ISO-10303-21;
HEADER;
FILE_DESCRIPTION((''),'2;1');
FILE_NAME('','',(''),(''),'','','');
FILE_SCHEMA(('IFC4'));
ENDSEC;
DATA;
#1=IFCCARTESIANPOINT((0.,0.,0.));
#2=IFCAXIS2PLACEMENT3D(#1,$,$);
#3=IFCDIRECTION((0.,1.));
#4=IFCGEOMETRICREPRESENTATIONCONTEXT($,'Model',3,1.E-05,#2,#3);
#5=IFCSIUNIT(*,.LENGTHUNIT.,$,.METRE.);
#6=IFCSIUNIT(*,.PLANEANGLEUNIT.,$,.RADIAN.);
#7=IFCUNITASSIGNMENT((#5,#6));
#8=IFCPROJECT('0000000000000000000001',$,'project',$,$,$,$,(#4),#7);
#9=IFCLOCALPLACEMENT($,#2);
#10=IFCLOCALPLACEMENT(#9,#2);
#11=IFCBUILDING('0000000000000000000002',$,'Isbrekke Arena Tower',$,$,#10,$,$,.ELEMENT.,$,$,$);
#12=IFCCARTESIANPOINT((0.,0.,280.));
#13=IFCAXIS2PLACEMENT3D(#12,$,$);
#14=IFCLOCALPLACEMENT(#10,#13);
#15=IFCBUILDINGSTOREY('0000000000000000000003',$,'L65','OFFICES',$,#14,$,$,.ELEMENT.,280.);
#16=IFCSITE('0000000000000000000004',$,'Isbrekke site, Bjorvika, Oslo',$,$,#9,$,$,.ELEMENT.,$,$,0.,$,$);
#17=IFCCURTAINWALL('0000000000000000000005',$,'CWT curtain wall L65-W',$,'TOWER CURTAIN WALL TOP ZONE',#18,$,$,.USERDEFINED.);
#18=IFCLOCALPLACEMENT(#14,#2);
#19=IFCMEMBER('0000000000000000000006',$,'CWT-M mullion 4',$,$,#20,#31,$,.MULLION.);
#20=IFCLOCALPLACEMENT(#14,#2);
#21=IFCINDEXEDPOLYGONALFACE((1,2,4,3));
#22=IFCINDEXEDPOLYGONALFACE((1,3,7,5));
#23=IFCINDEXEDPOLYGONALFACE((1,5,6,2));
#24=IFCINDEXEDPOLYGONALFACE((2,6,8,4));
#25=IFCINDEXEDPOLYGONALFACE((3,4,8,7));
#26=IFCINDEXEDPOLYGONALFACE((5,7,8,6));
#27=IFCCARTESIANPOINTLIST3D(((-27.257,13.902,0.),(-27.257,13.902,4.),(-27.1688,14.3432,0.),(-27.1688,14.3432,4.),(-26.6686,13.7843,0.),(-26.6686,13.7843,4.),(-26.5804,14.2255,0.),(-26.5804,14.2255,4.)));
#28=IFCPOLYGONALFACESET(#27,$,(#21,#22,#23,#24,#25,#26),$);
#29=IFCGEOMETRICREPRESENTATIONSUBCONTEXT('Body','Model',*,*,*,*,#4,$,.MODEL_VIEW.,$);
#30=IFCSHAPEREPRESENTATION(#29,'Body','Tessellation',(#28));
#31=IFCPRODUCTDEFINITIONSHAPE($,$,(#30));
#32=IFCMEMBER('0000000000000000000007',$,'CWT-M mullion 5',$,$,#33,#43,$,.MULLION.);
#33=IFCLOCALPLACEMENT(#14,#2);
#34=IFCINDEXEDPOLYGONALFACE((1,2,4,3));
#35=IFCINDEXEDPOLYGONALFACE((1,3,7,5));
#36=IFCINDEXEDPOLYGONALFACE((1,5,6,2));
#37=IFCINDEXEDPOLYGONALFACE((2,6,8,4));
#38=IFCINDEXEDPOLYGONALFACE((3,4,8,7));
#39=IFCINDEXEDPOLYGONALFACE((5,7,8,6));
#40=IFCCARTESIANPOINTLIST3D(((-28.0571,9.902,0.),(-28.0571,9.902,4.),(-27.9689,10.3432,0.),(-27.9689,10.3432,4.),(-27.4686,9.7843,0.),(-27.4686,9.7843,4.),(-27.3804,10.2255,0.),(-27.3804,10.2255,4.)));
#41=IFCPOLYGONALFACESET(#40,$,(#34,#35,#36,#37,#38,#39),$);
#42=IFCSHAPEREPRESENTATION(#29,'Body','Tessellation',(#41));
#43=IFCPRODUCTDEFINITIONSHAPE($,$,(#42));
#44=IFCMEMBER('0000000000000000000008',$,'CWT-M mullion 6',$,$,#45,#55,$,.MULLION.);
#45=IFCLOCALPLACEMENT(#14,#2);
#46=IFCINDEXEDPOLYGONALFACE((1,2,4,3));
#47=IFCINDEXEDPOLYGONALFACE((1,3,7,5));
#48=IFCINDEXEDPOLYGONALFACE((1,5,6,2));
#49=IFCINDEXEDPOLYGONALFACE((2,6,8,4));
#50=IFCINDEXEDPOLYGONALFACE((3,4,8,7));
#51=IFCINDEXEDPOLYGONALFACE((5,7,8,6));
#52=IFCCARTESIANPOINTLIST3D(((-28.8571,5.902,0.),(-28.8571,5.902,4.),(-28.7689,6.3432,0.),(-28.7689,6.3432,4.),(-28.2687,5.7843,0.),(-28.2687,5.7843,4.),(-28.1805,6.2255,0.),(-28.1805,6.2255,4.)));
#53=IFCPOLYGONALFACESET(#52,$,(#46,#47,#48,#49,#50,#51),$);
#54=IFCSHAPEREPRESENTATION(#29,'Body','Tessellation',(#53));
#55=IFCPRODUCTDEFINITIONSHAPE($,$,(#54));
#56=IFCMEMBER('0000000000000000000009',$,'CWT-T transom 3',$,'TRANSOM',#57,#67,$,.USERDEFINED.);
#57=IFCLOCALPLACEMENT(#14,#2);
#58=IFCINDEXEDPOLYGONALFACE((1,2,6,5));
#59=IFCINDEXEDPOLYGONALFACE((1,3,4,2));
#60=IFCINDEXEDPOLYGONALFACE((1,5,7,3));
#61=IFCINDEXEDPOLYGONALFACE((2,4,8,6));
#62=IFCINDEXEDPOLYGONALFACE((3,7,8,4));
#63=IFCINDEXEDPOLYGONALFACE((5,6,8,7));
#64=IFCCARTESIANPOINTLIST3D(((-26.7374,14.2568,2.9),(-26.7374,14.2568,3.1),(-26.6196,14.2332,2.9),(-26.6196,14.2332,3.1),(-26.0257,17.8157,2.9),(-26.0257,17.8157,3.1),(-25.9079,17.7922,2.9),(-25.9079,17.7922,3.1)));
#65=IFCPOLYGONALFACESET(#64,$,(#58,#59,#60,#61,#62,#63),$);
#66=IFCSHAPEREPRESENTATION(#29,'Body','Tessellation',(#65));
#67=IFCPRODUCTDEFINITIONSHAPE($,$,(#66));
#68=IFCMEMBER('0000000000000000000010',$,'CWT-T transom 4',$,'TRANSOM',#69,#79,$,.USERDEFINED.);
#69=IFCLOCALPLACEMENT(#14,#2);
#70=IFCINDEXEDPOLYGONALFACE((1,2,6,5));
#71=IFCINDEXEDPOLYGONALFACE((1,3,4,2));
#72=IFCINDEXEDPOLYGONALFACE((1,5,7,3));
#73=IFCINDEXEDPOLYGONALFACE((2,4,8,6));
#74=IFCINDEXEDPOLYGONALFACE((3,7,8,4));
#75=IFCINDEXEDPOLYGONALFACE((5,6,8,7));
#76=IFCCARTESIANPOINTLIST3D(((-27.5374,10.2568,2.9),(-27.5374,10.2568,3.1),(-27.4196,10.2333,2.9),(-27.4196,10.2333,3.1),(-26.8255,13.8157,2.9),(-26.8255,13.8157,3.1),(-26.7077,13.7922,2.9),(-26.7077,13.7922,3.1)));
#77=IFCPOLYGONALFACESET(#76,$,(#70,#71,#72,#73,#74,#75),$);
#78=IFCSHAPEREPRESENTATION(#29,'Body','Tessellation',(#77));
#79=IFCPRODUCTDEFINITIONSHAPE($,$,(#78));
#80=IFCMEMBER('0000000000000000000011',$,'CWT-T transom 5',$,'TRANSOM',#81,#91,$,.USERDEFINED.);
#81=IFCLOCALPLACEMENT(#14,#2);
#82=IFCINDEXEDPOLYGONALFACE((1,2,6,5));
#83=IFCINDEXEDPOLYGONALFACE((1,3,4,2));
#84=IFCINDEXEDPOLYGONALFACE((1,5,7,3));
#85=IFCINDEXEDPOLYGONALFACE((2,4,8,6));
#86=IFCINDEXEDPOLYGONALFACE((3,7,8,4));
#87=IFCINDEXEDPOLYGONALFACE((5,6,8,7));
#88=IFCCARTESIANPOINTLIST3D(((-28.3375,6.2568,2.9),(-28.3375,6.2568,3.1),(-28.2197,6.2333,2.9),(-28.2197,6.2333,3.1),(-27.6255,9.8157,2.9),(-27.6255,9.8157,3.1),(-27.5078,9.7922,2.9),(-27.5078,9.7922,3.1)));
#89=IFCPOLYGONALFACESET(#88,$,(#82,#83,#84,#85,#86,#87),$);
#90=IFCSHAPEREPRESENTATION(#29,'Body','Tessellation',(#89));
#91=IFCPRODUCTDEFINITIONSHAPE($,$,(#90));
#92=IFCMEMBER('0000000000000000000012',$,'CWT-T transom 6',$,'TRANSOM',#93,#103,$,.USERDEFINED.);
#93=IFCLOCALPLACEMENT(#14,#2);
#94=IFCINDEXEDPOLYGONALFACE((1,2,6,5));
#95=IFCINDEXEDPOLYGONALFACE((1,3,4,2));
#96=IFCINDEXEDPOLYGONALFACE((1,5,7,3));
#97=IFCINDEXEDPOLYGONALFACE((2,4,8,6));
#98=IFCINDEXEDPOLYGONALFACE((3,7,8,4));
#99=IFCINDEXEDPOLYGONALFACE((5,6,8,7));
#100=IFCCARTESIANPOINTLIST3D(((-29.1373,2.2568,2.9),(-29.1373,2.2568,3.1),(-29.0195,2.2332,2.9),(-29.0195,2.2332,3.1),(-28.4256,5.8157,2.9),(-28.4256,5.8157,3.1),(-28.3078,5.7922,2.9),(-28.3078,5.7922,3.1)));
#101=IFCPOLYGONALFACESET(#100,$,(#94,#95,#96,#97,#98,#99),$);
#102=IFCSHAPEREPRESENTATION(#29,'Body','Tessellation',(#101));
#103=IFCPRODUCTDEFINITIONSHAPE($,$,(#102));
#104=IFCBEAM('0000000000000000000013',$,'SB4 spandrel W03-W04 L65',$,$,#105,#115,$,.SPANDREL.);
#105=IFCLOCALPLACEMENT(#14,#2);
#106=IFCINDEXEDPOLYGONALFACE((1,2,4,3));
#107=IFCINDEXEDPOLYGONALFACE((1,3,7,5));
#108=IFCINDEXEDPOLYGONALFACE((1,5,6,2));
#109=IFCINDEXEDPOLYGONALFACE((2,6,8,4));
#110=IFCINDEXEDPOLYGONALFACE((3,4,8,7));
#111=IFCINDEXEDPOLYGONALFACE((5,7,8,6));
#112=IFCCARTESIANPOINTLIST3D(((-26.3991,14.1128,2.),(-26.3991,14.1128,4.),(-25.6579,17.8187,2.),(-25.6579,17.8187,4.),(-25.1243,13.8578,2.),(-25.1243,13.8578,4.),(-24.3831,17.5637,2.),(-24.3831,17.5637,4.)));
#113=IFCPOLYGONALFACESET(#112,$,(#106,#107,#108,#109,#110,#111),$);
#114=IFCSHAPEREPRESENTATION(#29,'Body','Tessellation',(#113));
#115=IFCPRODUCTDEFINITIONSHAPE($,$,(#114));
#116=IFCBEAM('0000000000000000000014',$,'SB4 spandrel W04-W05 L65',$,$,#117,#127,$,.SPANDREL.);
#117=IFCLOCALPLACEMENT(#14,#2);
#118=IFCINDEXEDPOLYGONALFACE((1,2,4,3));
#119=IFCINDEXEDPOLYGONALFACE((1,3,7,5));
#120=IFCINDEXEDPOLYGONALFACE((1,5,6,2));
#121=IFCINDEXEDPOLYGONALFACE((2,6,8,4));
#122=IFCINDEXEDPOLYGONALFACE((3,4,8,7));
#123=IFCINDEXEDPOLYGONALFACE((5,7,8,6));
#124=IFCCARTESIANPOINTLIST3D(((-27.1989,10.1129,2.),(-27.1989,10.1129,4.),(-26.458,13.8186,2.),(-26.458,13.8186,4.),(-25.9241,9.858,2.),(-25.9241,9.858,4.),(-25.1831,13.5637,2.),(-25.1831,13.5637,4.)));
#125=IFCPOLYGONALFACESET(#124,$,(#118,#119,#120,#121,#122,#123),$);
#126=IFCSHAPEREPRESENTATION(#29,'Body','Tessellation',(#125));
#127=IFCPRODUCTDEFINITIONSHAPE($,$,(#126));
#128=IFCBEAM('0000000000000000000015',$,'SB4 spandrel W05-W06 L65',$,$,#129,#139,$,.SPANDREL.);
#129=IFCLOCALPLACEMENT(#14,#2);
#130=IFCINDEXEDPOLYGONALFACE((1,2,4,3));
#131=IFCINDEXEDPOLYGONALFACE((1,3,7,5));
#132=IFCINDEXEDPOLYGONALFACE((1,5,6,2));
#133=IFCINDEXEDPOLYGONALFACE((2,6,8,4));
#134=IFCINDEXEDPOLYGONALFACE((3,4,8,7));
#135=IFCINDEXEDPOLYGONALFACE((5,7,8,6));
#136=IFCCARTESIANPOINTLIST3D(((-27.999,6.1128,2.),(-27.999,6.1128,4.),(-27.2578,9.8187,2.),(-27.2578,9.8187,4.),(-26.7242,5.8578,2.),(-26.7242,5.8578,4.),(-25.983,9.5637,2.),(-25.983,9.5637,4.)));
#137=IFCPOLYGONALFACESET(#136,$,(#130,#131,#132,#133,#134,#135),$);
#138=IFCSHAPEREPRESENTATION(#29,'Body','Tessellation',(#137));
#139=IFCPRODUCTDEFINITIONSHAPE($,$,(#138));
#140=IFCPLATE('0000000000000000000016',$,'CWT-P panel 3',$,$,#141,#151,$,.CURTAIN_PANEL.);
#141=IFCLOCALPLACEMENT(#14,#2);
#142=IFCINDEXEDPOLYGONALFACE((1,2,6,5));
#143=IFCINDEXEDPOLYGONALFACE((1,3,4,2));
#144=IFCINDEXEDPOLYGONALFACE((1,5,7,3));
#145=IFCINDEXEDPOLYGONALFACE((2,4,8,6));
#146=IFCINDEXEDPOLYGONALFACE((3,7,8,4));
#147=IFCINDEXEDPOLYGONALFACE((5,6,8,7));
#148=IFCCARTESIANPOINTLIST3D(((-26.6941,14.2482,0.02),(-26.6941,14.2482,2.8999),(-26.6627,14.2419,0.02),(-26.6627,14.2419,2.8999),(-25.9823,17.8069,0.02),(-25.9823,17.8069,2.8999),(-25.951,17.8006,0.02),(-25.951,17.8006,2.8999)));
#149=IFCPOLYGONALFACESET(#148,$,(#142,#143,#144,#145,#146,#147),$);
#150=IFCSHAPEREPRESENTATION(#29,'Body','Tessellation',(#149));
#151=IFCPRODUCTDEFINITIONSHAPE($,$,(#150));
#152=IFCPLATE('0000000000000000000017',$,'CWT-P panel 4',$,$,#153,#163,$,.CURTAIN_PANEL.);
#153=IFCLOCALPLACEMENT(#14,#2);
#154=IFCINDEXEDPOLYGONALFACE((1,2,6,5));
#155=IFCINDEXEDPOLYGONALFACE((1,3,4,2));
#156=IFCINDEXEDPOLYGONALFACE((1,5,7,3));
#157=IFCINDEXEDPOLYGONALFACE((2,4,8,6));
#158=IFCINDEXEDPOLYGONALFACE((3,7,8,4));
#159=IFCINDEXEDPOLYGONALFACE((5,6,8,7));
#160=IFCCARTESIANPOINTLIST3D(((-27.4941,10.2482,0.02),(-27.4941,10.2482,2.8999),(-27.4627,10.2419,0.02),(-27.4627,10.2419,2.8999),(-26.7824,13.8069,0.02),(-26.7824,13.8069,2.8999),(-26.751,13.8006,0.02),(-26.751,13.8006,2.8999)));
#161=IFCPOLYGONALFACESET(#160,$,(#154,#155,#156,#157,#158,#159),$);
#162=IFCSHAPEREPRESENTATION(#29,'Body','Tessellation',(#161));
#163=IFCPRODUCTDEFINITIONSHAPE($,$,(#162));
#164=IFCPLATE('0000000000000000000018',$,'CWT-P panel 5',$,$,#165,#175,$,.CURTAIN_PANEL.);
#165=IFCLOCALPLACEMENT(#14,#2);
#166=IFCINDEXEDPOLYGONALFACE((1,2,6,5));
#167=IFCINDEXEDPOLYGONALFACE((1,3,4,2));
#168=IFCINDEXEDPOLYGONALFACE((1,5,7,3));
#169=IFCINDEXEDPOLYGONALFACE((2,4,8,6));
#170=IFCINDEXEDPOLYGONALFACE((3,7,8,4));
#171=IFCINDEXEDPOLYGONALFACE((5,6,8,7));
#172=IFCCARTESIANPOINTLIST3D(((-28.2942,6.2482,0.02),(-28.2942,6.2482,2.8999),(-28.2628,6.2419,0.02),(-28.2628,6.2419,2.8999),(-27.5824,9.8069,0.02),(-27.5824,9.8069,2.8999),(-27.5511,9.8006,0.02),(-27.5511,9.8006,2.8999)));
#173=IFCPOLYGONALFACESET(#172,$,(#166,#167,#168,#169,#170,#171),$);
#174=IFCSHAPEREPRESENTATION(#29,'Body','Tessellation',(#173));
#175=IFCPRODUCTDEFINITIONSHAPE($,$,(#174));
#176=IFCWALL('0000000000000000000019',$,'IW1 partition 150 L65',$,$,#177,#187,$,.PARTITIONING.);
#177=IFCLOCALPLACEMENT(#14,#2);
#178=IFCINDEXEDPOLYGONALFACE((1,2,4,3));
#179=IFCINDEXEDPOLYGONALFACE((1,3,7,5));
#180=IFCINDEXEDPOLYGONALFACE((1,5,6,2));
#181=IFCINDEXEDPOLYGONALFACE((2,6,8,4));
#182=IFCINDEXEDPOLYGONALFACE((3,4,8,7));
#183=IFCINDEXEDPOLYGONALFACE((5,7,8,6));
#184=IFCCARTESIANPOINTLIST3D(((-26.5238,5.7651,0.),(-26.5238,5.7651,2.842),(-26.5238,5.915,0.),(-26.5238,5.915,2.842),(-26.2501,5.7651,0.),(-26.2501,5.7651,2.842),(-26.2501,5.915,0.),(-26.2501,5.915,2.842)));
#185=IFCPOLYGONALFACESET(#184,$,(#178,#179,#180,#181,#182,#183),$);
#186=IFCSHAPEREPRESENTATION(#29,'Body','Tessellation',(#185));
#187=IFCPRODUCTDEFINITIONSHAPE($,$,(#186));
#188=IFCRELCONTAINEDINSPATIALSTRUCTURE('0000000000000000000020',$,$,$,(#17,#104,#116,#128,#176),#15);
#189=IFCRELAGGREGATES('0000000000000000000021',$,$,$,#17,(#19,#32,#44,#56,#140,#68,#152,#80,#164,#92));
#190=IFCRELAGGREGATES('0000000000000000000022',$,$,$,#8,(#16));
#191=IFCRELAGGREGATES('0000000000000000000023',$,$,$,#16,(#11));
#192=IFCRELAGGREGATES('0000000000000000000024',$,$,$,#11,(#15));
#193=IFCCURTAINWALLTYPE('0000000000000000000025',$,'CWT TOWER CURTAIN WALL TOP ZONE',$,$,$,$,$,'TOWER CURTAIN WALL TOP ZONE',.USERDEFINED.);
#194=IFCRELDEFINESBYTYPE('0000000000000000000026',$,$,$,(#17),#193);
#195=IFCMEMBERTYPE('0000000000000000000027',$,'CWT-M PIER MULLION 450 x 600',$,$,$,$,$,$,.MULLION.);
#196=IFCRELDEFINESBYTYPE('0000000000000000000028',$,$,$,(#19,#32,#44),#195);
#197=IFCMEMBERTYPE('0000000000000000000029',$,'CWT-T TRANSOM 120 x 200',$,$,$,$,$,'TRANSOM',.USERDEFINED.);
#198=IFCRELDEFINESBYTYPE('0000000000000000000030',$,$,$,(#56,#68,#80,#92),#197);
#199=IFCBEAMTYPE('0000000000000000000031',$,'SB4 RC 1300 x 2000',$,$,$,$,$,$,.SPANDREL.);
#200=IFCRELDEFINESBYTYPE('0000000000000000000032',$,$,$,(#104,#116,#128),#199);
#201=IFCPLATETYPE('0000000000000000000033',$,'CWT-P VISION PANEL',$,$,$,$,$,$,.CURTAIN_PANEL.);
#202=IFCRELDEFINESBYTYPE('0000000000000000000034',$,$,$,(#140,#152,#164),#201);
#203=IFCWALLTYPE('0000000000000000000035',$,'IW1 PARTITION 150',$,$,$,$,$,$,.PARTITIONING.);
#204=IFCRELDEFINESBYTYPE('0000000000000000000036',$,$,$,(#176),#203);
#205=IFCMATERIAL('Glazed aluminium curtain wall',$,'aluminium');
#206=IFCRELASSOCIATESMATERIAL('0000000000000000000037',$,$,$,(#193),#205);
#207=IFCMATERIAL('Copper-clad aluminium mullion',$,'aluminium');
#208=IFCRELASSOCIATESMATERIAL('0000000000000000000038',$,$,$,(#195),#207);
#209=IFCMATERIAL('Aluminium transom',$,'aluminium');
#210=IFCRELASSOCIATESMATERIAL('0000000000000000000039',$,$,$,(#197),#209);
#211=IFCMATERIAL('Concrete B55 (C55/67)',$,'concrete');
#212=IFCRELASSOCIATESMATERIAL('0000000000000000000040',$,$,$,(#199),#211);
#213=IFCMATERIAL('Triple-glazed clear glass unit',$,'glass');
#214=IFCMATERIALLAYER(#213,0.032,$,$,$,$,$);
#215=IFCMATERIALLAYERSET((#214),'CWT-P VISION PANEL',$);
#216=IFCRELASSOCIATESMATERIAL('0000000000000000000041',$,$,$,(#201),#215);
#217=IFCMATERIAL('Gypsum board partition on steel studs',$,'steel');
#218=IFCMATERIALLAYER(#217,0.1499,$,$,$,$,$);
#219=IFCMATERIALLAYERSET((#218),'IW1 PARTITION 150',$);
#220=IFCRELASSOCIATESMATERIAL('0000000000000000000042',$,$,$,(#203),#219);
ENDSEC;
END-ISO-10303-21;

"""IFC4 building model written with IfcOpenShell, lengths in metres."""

from ifc_helpers import new_model, si_unit, direction, frame, frame_2d, origin, origin_2d, place, context, subcontext, project, spatial, rectangle, extrude, material, layer, layer_set, material_profile, profile_set, type_object, element, aggregate, save


model = new_model("IFC4")

# Units and contexts
model_context = context("Model", 3, precision=1e-05, world=origin(), true_north=direction((0.0, 1.0)))
body_context = subcontext(model_context, "Body", "Model", "MODEL_VIEW")
ifc_project = project(units=[si_unit("LENGTHUNIT", "METRE"), si_unit("PLANEANGLEUNIT", "RADIAN")], contexts=[model_context])

# Site, building, storey
site_placement = place(None, origin())
site = spatial("IfcSite", under=ifc_project, at=site_placement, Name="Isbrekke site, Bjorvika, Oslo", CompositionType="ELEMENT", RefElevation=0.0)
building_placement = place(site_placement, origin())
building = spatial("IfcBuilding", under=site, at=building_placement, Name="Isbrekke Arena Tower", CompositionType="ELEMENT")
storey_placement = place(building_placement, frame((0.0, 0.0, 280.0)))
storey = spatial("IfcBuildingStorey", under=building, at=storey_placement, Name="L65", Description="OFFICES", CompositionType="ELEMENT", Elevation=280.0)

# Curtain wall, members
ifc_material_1 = material(Name="Glazed aluminium curtain wall", Category="aluminium")
curtain_wall_type = type_object("IfcCurtainWallType", Name="CWT TOWER CURTAIN WALL TOP ZONE", ElementType="TOWER CURTAIN WALL TOP ZONE", PredefinedType="USERDEFINED", material=ifc_material_1)
curtain_wall_placement = place(storey_placement, origin())
curtain_wall = element("IfcCurtainWall", 1, at=curtain_wall_placement, inside=storey, type_object=curtain_wall_type, Name="CWT curtain wall L65-W", ObjectType="TOWER CURTAIN WALL TOP ZONE", PredefinedType="USERDEFINED")
ifc_material_2 = material(Name="Copper-clad aluminium mullion", Category="aluminium")
ifc_material_profile_1 = material_profile(ifc_material_2, rectangle(XDim=0.45, YDim=0.6001, at=origin_2d()), Name="PIER 450X600")
ifc_profile_set_1 = profile_set([ifc_material_profile_1], Name="Copper-clad aluminium mullion")
member_type_1 = type_object("IfcMemberType", Name="CWT-M PIER MULLION 450 x 600", PredefinedType="MULLION", material=ifc_profile_set_1)
member_1_placement = place(storey_placement, frame((-26.9187, 14.0637, 0.0), z_axis=(0.0, 0.0, 1.0), x_axis=(-0.196116, -0.980581, 0.0)))
member_1 = element("IfcMember", 2, at=member_1_placement, type_object=member_type_1, Name="CWT-M mullion 4", PredefinedType="MULLION", context=body_context, shape_type="SweptSolid", body=[
    extrude(rectangle(XDim=0.45, YDim=0.6001, at=origin_2d()), origin(), (0.0, 0.0, 1.0), 4.0),
])
member_2_placement = place(storey_placement, frame((-27.7188, 10.0637, 0.0), z_axis=(0.0, 0.0, 1.0), x_axis=(-0.196116, -0.980581, 0.0)))
member_2 = element("IfcMember", 3, at=member_2_placement, type_object=member_type_1, Name="CWT-M mullion 5", PredefinedType="MULLION", context=body_context, shape_type="SweptSolid", body=[
    extrude(rectangle(XDim=0.45, YDim=0.6001, at=origin_2d()), origin(), (0.0, 0.0, 1.0), 4.0),
])
member_3_placement = place(storey_placement, frame((-28.5188, 6.0637, 0.0), z_axis=(0.0, 0.0, 1.0), x_axis=(-0.196116, -0.980581, 0.0)))
member_3 = element("IfcMember", 4, at=member_3_placement, type_object=member_type_1, Name="CWT-M mullion 6", PredefinedType="MULLION", context=body_context, shape_type="SweptSolid", body=[
    extrude(rectangle(XDim=0.45, YDim=0.6001, at=origin_2d()), origin(), (0.0, 0.0, 1.0), 4.0),
])
ifc_material_3 = material(Name="Aluminium transom", Category="aluminium")
ifc_material_profile_2 = material_profile(ifc_material_3, rectangle(XDim=0.1201, YDim=0.2, at=origin_2d()), Name="TRANSOM 120X200")
ifc_profile_set_2 = profile_set([ifc_material_profile_2], Name="Aluminium transom")
member_type_2 = type_object("IfcMemberType", Name="CWT-T TRANSOM 120 x 200", ElementType="TRANSOM", PredefinedType="USERDEFINED", material=ifc_profile_set_2)
member_4_placement = place(storey_placement, frame((-25.9668, 17.804, 3.0), z_axis=(-0.19609, -0.980586, 0.0), x_axis=(0.980586, -0.19609, 0.0)))
member_4 = element("IfcMember", 5, at=member_4_placement, type_object=member_type_2, Name="CWT-T transom 3", ObjectType="TRANSOM", PredefinedType="USERDEFINED", context=body_context, shape_type="SweptSolid", body=[
    extrude(rectangle(XDim=0.1201, YDim=0.2, at=origin_2d()), origin(), (0.0, 0.0, 1.0), 3.6294),
])
member_5_placement = place(storey_placement, frame((-26.7666, 13.804, 3.0), z_axis=(-0.196155, -0.980573, 0.0), x_axis=(0.980573, -0.196155, 0.0)))
member_5 = element("IfcMember", 6, at=member_5_placement, type_object=member_type_2, Name="CWT-T transom 4", ObjectType="TRANSOM", PredefinedType="USERDEFINED", context=body_context, shape_type="SweptSolid", body=[
    extrude(rectangle(XDim=0.1201, YDim=0.2, at=origin_2d()), origin(), (0.0, 0.0, 1.0), 3.6294),
])
member_6_placement = place(storey_placement, frame((-27.5667, 9.804, 3.0), z_axis=(-0.196155, -0.980573, 0.0), x_axis=(0.980573, -0.196155, 0.0)))
member_6 = element("IfcMember", 7, at=member_6_placement, type_object=member_type_2, Name="CWT-T transom 5", ObjectType="TRANSOM", PredefinedType="USERDEFINED", context=body_context, shape_type="SweptSolid", body=[
    extrude(rectangle(XDim=0.1201, YDim=0.2, at=origin_2d()), origin(), (0.0, 0.0, 1.0), 3.6294),
])
member_7_placement = place(storey_placement, frame((-28.3667, 5.804, 3.0), z_axis=(-0.19609, -0.980586, 0.0), x_axis=(0.980586, -0.19609, 0.0)))
member_7 = element("IfcMember", 8, at=member_7_placement, type_object=member_type_2, Name="CWT-T transom 6", ObjectType="TRANSOM", PredefinedType="USERDEFINED", context=body_context, shape_type="SweptSolid", body=[
    extrude(rectangle(XDim=0.1201, YDim=0.2, at=origin_2d()), origin(), (0.0, 0.0, 1.0), 3.6294),
])

# Beams
ifc_material_4 = material(Name="Concrete B55 (C55/67)", Category="concrete")
ifc_material_profile_3 = material_profile(ifc_material_4, rectangle(XDim=1.3, YDim=2.0, at=origin_2d()), Name="RC 1300x2000")
ifc_profile_set_3 = profile_set([ifc_material_profile_3], Name="Concrete B55 (C55/67)")
beam_type_1 = type_object("IfcBeamType", Name="SB4 RC 1300 x 2000", PredefinedType="SPANDREL", material=ifc_profile_set_3)
beam_1_placement = place(storey_placement, frame((-25.0205, 17.6912, 3.0), z_axis=(-0.196129, -0.980578, 0.0), x_axis=(0.980578, -0.196129, 0.0)))
element("IfcBeam", 9, at=beam_1_placement, inside=storey, type_object=beam_type_1, Name="SB4 spandrel W03-W04 L65", PredefinedType="SPANDREL", context=body_context, shape_type="SweptSolid", body=[
    extrude(rectangle(XDim=1.3, YDim=2.0, at=origin_2d()), origin(), (0.0, 0.0, 1.0), 3.7793),
])
beam_2_placement = place(storey_placement, frame((-25.8206, 13.6912, 3.0), z_axis=(-0.196066, -0.980591, 0.0), x_axis=(0.980591, -0.196066, 0.0)))
element("IfcBeam", 10, at=beam_2_placement, inside=storey, type_object=beam_type_1, Name="SB4 spandrel W04-W05 L65", PredefinedType="SPANDREL", context=body_context, shape_type="SweptSolid", body=[
    extrude(rectangle(XDim=1.3, YDim=2.0, at=origin_2d()), origin(), (0.0, 0.0, 1.0), 3.7791),
])
beam_3_placement = place(storey_placement, frame((-26.6204, 9.6912, 3.0), z_axis=(-0.196129, -0.980578, 0.0), x_axis=(0.980578, -0.196129, 0.0)))
element("IfcBeam", 11, at=beam_3_placement, inside=storey, type_object=beam_type_1, Name="SB4 spandrel W05-W06 L65", PredefinedType="SPANDREL", context=body_context, shape_type="SweptSolid", body=[
    extrude(rectangle(XDim=1.3, YDim=2.0, at=origin_2d()), origin(), (0.0, 0.0, 1.0), 3.7793),
])

# Plates
ifc_material_5 = material(Name="Triple-glazed clear glass unit", Category="glass")
ifc_layer_1 = layer(ifc_material_5, 0.032)
ifc_layer_set_1 = layer_set([ifc_layer_1], Name="CWT-P VISION PANEL")
plate_type = type_object("IfcPlateType", Name="CWT-P VISION PANEL", PredefinedType="CURTAIN_PANEL", material=ifc_layer_set_1)
plate_1_placement = place(storey_placement, frame((-26.3225, 16.0244, 0.02), z_axis=(0.0, 0.0, 1.0), x_axis=(-0.196116, -0.980581, 0.0)))
plate_1 = element("IfcPlate", 12, at=plate_1_placement, type_object=plate_type, Name="CWT-P panel 3", PredefinedType="CURTAIN_PANEL", context=body_context, shape_type="SweptSolid", body=[
    extrude(rectangle(XDim=3.6292, YDim=0.032, at=origin_2d()), origin(), (0.0, 0.0, 1.0), 2.8799),
])
plate_2_placement = place(storey_placement, frame((-27.1226, 12.0244, 0.02), z_axis=(0.0, 0.0, 1.0), x_axis=(-0.196116, -0.980581, 0.0)))
plate_2 = element("IfcPlate", 13, at=plate_2_placement, type_object=plate_type, Name="CWT-P panel 4", PredefinedType="CURTAIN_PANEL", context=body_context, shape_type="SweptSolid", body=[
    extrude(rectangle(XDim=3.6292, YDim=0.032, at=origin_2d()), origin(), (0.0, 0.0, 1.0), 2.8799),
])
plate_3_placement = place(storey_placement, frame((-27.9226, 8.0244, 0.02), z_axis=(0.0, 0.0, 1.0), x_axis=(-0.196116, -0.980581, 0.0)))
plate_3 = element("IfcPlate", 14, at=plate_3_placement, type_object=plate_type, Name="CWT-P panel 5", PredefinedType="CURTAIN_PANEL", context=body_context, shape_type="SweptSolid", body=[
    extrude(rectangle(XDim=3.6292, YDim=0.032, at=origin_2d()), origin(), (0.0, 0.0, 1.0), 2.8799),
])
aggregate(curtain_wall, [member_1, member_2, member_3, member_4, plate_1, member_5, plate_2, member_6, plate_3, member_7])

# Wall
ifc_material_6 = material(Name="Gypsum board partition on steel studs", Category="steel")
ifc_layer_2 = layer(ifc_material_6, 0.1499)
ifc_layer_set_2 = layer_set([ifc_layer_2], Name="IW1 PARTITION 150")
wall_type = type_object("IfcWallType", Name="IW1 PARTITION 150", PredefinedType="PARTITIONING", material=ifc_layer_set_2)
wall_1_placement = place(storey_placement, frame((-26.5237, 5.8401, 0.0), z_axis=(0.0, 0.0, 1.0), x_axis=(1.0, 0.0, 0.0)))
element("IfcWall", 15, at=wall_1_placement, inside=storey, type_object=wall_type, Name="IW1 partition 150 L65", PredefinedType="PARTITIONING", context=body_context, shape_type="SweptSolid", body=[
    extrude(rectangle(XDim=0.2737, YDim=0.1499, at=frame_2d((0.1367, 0.0))), origin(), (0.0, 0.0, 1.0), 2.842),
])

save(model, "model.ifc")
